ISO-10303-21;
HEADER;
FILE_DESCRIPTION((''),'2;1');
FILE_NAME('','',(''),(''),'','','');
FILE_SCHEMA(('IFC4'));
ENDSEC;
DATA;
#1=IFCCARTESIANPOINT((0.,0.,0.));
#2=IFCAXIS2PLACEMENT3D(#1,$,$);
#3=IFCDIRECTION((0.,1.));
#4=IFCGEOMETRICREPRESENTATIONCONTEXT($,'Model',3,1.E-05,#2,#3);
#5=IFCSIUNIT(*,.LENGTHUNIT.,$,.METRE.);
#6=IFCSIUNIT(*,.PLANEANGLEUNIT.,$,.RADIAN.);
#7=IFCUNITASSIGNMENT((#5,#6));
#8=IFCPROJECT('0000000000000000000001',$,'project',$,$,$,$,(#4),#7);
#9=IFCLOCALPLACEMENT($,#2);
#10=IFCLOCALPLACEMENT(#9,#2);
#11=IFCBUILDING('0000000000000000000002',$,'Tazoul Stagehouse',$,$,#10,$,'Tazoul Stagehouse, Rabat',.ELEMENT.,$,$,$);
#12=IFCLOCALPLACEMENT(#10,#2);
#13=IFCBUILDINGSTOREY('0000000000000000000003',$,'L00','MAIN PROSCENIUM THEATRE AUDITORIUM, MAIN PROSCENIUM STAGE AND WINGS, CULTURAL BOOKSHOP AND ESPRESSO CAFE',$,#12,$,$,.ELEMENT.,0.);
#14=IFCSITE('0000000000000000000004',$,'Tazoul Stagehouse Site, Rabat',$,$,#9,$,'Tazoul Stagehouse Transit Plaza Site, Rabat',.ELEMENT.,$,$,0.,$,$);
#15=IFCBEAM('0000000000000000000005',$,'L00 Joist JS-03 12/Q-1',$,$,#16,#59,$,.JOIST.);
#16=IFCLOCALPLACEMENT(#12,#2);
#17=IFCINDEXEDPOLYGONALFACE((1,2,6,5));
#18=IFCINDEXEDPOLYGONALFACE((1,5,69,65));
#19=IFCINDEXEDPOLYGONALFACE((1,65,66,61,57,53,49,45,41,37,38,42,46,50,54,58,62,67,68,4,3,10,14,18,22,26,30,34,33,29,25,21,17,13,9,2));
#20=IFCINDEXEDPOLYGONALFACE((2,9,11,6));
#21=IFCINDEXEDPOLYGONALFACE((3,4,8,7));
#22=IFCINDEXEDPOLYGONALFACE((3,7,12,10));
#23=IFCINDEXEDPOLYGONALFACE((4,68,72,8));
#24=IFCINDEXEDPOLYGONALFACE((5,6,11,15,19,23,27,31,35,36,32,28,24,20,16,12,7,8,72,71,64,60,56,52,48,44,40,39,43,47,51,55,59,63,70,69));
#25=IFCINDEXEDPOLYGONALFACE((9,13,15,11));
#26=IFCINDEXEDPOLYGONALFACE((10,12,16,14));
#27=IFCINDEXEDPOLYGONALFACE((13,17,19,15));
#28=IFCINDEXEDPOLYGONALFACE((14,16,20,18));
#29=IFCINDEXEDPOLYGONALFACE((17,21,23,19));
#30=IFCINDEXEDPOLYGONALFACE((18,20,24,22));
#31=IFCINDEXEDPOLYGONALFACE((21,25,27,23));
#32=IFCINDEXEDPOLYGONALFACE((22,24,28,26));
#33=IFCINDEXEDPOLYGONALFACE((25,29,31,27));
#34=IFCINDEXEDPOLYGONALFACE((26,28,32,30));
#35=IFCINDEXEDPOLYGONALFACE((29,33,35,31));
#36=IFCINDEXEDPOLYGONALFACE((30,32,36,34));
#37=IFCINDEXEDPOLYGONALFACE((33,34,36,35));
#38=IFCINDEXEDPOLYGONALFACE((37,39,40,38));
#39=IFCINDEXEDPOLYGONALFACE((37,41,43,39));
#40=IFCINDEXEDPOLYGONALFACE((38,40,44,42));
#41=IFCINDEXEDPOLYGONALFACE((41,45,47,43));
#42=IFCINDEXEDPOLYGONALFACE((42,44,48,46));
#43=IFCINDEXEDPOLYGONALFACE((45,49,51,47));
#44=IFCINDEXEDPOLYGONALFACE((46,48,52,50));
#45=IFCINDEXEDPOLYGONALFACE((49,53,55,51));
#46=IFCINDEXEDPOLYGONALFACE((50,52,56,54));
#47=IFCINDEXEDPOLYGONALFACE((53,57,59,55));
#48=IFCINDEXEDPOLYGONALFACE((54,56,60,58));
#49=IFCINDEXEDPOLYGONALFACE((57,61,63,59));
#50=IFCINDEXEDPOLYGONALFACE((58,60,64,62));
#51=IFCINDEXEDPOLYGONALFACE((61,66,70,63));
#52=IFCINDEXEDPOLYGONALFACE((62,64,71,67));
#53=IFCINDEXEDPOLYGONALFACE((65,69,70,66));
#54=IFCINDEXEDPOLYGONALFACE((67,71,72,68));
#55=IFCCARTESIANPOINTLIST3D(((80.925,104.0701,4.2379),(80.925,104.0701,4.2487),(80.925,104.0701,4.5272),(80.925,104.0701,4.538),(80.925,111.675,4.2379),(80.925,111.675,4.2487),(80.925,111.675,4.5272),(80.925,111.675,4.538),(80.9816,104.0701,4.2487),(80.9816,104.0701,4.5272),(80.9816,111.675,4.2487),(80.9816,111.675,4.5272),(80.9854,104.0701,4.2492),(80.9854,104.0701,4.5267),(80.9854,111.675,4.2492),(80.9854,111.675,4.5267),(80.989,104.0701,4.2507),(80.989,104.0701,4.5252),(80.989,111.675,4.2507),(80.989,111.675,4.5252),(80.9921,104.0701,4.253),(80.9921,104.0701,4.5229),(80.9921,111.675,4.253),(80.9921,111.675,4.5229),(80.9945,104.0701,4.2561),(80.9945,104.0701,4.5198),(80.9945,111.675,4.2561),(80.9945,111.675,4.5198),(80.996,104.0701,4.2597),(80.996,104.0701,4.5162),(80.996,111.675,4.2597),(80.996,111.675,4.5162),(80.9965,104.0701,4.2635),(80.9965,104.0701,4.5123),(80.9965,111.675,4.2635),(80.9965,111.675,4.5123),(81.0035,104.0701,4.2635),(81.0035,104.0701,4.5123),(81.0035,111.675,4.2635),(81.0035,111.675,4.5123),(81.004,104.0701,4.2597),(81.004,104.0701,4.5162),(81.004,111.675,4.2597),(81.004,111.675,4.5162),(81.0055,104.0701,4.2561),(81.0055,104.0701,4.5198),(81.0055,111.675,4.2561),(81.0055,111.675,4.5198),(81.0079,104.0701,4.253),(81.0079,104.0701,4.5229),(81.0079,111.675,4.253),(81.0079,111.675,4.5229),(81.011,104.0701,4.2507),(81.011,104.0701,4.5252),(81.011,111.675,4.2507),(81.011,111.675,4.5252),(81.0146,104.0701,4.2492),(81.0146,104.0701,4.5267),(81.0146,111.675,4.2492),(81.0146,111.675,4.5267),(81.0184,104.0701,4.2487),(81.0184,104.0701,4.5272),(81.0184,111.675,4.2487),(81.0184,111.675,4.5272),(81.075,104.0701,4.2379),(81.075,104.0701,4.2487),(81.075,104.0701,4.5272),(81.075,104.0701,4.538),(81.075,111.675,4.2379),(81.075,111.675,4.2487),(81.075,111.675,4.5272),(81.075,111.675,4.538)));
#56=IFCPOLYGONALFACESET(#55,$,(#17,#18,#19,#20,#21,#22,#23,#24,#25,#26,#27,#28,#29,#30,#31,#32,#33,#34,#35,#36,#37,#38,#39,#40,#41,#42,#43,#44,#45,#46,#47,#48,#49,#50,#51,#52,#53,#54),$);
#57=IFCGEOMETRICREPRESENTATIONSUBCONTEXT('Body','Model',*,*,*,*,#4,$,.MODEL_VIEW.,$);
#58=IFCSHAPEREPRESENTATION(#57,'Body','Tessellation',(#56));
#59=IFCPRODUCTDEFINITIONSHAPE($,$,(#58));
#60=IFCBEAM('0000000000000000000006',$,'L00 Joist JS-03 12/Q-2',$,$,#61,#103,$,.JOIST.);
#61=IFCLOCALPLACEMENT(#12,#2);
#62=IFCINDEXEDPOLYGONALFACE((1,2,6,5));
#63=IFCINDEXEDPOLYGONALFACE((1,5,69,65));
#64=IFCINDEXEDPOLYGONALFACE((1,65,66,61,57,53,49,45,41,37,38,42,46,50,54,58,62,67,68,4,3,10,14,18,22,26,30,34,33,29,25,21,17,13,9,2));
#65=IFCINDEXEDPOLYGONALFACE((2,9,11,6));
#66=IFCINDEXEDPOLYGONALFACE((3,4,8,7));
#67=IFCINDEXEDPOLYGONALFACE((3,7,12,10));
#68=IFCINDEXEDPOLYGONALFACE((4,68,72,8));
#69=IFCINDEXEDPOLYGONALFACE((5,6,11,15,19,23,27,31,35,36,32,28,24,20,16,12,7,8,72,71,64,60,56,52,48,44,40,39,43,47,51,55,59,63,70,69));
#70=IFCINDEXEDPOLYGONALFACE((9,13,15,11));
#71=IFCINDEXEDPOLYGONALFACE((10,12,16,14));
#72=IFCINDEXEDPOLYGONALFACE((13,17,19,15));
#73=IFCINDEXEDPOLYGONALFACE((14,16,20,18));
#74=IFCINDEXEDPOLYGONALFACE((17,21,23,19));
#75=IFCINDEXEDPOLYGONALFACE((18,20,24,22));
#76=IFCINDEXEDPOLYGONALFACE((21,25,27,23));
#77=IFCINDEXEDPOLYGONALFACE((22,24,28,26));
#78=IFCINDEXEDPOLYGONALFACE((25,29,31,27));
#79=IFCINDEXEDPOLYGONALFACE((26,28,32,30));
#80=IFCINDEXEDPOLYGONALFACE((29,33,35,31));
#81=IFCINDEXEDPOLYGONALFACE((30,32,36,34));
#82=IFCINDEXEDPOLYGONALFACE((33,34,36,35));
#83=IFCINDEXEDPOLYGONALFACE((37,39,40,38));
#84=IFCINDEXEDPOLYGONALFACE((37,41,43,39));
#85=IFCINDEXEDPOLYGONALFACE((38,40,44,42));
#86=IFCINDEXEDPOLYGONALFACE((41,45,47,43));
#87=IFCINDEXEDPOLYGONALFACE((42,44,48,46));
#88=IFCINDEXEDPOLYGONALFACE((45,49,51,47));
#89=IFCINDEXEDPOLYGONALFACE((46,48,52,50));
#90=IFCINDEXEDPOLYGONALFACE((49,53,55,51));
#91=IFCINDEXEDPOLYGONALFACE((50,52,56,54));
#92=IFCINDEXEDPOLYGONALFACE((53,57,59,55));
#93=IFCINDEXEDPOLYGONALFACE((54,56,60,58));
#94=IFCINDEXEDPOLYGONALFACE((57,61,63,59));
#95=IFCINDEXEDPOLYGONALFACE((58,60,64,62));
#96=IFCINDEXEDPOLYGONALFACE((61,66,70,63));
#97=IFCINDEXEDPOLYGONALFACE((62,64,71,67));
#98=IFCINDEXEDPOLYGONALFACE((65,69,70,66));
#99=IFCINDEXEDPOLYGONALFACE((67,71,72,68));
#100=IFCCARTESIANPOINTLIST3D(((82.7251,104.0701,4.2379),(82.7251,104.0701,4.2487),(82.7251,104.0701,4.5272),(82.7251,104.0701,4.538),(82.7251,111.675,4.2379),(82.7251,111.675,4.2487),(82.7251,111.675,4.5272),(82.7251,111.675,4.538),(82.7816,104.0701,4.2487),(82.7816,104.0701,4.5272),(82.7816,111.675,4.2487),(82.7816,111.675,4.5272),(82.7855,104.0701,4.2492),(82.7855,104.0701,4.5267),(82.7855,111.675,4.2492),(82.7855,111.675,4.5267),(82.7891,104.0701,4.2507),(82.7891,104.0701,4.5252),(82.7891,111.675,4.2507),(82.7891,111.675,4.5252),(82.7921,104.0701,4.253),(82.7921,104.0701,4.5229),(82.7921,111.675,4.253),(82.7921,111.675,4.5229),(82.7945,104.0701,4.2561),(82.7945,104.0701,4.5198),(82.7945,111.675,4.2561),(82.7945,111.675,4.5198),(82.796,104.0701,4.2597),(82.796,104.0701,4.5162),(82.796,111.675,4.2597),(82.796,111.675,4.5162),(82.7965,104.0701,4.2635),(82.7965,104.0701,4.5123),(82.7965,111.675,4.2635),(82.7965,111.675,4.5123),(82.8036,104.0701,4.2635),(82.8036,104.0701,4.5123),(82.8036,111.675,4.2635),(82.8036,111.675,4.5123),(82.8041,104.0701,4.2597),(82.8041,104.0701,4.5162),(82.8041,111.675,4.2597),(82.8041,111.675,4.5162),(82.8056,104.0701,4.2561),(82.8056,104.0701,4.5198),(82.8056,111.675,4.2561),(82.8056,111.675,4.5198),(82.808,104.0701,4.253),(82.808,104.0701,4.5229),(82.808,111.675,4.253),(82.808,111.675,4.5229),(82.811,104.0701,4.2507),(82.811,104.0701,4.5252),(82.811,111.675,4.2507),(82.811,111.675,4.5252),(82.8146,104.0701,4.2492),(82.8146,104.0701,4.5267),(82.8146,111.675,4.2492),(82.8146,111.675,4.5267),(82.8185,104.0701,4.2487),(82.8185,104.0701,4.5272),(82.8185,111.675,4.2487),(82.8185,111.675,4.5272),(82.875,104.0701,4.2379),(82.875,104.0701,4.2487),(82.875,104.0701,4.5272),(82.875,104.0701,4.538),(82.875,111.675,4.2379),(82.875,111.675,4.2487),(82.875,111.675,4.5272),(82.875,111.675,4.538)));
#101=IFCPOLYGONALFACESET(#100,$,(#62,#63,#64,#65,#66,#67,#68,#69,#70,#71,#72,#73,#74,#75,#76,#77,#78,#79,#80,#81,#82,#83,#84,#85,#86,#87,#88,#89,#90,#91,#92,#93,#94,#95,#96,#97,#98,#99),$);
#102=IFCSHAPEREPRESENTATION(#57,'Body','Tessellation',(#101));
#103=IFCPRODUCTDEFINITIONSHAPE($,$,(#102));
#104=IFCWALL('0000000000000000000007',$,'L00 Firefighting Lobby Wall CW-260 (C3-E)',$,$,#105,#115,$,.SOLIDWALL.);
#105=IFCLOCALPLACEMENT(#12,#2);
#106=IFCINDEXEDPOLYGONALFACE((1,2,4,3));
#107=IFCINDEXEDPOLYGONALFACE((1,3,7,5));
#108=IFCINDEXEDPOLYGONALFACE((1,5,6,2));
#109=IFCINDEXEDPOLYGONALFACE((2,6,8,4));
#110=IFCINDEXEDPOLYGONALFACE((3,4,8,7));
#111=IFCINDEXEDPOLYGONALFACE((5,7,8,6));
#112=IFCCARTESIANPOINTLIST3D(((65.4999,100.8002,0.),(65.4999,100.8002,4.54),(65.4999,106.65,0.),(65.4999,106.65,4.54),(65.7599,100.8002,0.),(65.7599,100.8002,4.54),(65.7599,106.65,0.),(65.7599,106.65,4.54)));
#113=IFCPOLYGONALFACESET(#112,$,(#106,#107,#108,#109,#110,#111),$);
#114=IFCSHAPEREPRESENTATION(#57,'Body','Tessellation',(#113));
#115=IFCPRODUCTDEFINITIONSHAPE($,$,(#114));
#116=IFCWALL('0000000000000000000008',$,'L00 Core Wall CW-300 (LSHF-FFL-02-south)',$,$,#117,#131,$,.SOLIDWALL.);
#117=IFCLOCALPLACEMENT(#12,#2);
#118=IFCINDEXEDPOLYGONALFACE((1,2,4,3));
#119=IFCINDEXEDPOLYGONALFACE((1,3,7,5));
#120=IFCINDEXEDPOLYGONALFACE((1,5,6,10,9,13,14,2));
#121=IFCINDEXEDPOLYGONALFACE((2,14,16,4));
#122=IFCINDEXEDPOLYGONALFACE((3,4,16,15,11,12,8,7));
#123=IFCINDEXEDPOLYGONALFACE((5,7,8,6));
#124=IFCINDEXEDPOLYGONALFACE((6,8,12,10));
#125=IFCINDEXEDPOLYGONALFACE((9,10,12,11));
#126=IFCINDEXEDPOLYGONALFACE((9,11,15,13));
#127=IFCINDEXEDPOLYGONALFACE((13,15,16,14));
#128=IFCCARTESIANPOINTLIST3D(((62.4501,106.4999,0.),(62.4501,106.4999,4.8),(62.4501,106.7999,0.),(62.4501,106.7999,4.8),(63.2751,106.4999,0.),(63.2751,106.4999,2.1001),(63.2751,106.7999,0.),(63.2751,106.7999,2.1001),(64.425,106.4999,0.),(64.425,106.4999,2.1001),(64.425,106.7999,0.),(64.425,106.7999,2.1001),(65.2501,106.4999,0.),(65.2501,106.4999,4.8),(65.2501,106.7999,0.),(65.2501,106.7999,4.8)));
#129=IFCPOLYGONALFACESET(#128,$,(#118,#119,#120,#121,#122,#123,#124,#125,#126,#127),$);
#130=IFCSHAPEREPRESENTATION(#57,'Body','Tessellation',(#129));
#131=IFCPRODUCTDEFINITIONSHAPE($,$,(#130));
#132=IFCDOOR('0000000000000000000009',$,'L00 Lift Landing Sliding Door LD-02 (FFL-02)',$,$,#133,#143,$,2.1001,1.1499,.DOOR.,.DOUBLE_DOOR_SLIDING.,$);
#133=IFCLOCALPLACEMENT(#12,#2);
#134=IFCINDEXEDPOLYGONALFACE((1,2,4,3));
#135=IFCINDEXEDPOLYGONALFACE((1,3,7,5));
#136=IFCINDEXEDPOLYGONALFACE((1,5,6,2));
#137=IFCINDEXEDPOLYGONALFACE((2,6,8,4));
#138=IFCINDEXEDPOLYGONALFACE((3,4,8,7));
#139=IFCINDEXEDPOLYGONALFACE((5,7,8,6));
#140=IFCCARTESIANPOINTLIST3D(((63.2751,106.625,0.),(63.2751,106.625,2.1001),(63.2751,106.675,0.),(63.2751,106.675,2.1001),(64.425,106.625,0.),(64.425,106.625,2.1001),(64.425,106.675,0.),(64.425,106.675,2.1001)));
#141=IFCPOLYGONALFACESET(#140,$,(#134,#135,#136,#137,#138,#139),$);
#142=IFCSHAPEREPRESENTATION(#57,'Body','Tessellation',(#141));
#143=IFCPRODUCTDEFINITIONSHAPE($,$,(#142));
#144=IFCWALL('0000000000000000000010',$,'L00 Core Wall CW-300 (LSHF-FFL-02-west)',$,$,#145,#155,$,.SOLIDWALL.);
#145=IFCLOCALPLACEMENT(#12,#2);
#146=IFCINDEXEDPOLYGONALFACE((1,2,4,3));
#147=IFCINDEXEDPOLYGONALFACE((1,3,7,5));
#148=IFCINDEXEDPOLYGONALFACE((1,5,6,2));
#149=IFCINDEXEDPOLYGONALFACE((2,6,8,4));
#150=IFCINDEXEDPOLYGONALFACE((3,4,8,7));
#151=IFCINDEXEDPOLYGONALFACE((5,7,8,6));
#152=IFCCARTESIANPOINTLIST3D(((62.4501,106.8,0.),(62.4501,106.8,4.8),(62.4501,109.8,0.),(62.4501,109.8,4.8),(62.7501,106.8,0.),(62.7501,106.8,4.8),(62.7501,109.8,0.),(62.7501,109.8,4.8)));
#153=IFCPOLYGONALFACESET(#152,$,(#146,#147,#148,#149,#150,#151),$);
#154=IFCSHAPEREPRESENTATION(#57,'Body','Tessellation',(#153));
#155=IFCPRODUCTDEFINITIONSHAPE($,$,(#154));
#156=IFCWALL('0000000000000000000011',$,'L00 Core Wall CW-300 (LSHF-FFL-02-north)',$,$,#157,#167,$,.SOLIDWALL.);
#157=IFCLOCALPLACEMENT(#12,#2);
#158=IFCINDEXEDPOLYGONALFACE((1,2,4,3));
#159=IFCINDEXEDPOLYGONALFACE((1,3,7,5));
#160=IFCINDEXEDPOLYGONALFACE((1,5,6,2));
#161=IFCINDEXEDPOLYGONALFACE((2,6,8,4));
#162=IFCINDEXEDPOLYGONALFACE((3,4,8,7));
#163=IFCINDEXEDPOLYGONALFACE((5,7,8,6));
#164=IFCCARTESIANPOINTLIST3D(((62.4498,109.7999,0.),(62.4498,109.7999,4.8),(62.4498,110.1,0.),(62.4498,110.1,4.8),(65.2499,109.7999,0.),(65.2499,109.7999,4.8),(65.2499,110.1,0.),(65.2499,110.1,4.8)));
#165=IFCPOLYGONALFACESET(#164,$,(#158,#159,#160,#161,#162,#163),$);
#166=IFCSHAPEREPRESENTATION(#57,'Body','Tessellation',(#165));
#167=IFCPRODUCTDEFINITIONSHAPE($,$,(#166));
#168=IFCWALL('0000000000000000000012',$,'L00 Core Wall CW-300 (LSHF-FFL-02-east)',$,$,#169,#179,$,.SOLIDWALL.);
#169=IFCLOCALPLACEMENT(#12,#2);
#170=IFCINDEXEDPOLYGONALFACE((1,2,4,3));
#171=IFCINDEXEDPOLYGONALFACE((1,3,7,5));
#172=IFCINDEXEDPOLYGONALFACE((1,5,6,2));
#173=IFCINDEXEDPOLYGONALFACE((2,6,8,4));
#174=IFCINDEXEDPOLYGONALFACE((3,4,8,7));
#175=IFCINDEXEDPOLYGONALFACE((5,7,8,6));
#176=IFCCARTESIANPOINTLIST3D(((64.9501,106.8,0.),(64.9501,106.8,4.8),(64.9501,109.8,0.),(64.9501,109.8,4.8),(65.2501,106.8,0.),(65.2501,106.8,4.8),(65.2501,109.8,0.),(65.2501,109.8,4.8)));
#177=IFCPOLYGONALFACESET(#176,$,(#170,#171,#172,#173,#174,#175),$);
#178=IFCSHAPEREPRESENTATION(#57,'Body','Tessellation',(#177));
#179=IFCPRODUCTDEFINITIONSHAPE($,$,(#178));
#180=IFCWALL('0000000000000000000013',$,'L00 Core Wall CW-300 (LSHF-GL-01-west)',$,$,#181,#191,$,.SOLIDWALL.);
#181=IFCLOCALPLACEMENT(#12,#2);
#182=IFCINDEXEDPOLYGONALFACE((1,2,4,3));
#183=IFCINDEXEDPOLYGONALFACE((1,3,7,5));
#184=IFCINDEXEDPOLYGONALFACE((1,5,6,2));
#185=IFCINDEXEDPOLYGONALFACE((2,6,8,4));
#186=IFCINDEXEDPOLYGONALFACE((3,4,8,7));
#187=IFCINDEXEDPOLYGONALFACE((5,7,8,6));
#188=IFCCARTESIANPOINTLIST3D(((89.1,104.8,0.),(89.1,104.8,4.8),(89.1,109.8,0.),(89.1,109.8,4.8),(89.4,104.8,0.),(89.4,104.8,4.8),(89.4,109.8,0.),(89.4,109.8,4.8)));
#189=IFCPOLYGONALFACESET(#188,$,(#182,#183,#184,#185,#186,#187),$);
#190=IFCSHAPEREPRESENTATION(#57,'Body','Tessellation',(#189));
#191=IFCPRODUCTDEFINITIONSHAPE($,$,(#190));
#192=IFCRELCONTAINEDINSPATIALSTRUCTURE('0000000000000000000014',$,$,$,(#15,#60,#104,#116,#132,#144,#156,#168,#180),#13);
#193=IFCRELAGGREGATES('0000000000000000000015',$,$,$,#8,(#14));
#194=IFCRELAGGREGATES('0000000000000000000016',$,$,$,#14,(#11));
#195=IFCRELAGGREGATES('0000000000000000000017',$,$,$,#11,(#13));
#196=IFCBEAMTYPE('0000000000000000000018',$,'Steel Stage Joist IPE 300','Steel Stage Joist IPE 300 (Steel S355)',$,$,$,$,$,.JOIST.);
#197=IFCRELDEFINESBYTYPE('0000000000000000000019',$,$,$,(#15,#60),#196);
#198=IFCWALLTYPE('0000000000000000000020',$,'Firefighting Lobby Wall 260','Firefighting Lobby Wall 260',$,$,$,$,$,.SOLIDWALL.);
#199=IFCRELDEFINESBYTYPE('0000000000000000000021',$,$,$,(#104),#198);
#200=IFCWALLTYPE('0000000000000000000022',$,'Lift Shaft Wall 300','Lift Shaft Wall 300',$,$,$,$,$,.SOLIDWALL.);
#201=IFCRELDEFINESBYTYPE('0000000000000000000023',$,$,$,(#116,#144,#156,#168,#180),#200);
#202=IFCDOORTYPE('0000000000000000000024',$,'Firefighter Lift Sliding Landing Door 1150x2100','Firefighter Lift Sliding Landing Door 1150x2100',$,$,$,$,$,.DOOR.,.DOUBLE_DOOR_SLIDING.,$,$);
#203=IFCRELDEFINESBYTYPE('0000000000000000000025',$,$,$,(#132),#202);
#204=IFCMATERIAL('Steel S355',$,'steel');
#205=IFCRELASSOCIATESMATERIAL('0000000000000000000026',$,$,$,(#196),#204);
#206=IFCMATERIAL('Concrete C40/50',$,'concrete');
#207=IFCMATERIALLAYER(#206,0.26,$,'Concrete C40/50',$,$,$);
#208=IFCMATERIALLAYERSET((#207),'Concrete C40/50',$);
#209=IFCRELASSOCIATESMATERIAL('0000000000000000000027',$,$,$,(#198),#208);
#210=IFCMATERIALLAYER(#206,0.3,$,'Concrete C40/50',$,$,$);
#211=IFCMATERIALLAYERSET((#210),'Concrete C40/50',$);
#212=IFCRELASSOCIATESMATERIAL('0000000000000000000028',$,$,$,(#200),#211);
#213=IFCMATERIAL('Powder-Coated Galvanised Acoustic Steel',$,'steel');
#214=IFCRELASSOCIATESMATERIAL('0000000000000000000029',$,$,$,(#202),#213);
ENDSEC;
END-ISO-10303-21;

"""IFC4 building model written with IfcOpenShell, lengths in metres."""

from ifc_helpers import new_model, si_unit, direction, frame, frame_2d, origin, origin_2d, place, context, subcontext, project, spatial, rectangle, i_section, extrude, material, layer, layer_set, material_profile, profile_set, type_object, element, fill, save


model = new_model("IFC4")

# Units and contexts
model_context = context("Model", 3, precision=1e-05, world=origin(), true_north=direction((0.0, 1.0)))
body_context = subcontext(model_context, "Body", "Model", "MODEL_VIEW")
ifc_project = project(units=[si_unit("LENGTHUNIT", "METRE"), si_unit("PLANEANGLEUNIT", "RADIAN")], contexts=[model_context])

# Site, building, storey
site_placement = place(None, origin())
site = spatial("IfcSite", under=ifc_project, at=site_placement, Name="Tazoul Stagehouse Site, Rabat", LongName="Tazoul Stagehouse Transit Plaza Site, Rabat", CompositionType="ELEMENT", RefElevation=0.0)
building_placement = place(site_placement, origin())
building = spatial("IfcBuilding", under=site, at=building_placement, Name="Tazoul Stagehouse", LongName="Tazoul Stagehouse, Rabat", CompositionType="ELEMENT")
storey_placement = place(building_placement, origin())
storey = spatial("IfcBuildingStorey", under=building, at=storey_placement, Name="L00", Description="MAIN PROSCENIUM THEATRE AUDITORIUM, MAIN PROSCENIUM STAGE AND WINGS, CULTURAL BOOKSHOP AND ESPRESSO CAFE", CompositionType="ELEMENT", Elevation=0.0)

# Shared definitions
ifc_material_1 = material(Name="Concrete C40/50", Category="concrete")

# Beams
ifc_material_2 = material(Name="Steel S355", Category="steel")
ifc_material_profile_1 = material_profile(ifc_material_2, i_section(OverallWidth=0.1499, OverallDepth=0.3, WebThickness=0.0071, FlangeThickness=0.0107, FilletRadius=0.0149, at=origin_2d()), Name="IPE 300")
ifc_profile_set_1 = profile_set([ifc_material_profile_1], Name="Steel S355")
beam_type_1 = type_object("IfcBeamType", Name="Steel Stage Joist IPE 300", Description="Steel Stage Joist IPE 300 (Steel S355)", PredefinedType="JOIST", material=ifc_profile_set_1)
for number, where, z_axis, x_axis, name in (
    (1, (81.0, 104.0701, 4.3879), (0.0, 1.0, 0.0), (-1.0, 0.0, 0.0), "L00 Joist JS-03 12/Q-1"),
    (2, (82.8, 104.0701, 4.3879), (0.0, 1.0, 0.0), (-1.0, 0.0, 0.0), "L00 Joist JS-03 12/Q-2"),
):
    element("IfcBeam", number, at=place(storey_placement, frame(where, z_axis=z_axis, x_axis=x_axis)), inside=storey, type_object=beam_type_1, Name=name, PredefinedType="JOIST", context=body_context, shape_type="SweptSolid", body=[
        extrude(i_section(OverallWidth=0.1499, OverallDepth=0.3, WebThickness=0.0071, FlangeThickness=0.0107, FilletRadius=0.0149, at=origin_2d()), origin(), (0.0, 0.0, 1.0), 7.605),
    ])

# Wall
ifc_layer_1 = layer(ifc_material_1, 0.26, Name="Concrete C40/50")
ifc_layer_set_1 = layer_set([ifc_layer_1], Name="Concrete C40/50")
wall_type_1 = type_object("IfcWallType", Name="Firefighting Lobby Wall 260", Description="Firefighting Lobby Wall 260", PredefinedType="SOLIDWALL", material=ifc_layer_set_1)
wall_1_placement = place(storey_placement, frame((65.6299, 106.6499, 0.0), z_axis=(0.0, 0.0, 1.0), x_axis=(0.0, -1.0, 0.0)))
element("IfcWall", 3, at=wall_1_placement, inside=storey, type_object=wall_type_1, Name="L00 Firefighting Lobby Wall CW-260 (C3-E)", PredefinedType="SOLIDWALL", context=body_context, shape_type="SweptSolid", body=[
    extrude(rectangle(XDim=5.8499, YDim=0.26, at=frame_2d((2.9248, 0.0))), origin(), (0.0, 0.0, 1.0), 4.54),
])

# Wall, opening, door
ifc_layer_2 = layer(ifc_material_1, 0.3, Name="Concrete C40/50")
ifc_layer_set_2 = layer_set([ifc_layer_2], Name="Concrete C40/50")
wall_type_2 = type_object("IfcWallType", Name="Lift Shaft Wall 300", Description="Lift Shaft Wall 300", PredefinedType="SOLIDWALL", material=ifc_layer_set_2)
wall_2_placement = place(storey_placement, frame((65.25, 106.6499, 0.0), z_axis=(0.0, 0.0, 1.0), x_axis=(-1.0, 0.0, 0.0)))
wall_2 = element("IfcWall", 4, at=wall_2_placement, inside=storey, type_object=wall_type_2, Name="L00 Core Wall CW-300 (LSHF-FFL-02-south)", PredefinedType="SOLIDWALL", context=body_context, shape_type="SweptSolid", body=[
    extrude(rectangle(XDim=2.8, YDim=0.3, at=frame_2d((1.3999, 0.0))), origin(), (0.0, 0.0, 1.0), 4.8),
])
opening_placement = place(wall_2_placement, frame((0.825, 0.0, 0.0)))
opening = element("IfcOpeningElement", 5, at=opening_placement, cuts=wall_2, PredefinedType="OPENING", context=body_context, shape_type="SweptSolid", body=[
    extrude(rectangle(XDim=1.1499, YDim=2.1001, at=frame_2d((0.575, 1.05))), frame((0.0, 0.1699, 0.0), z_axis=(0.0, -1.0, 0.0), x_axis=(1.0, 0.0, 0.0)), (0.0, 0.0, 1.0), 0.3401),
])
ifc_material_3 = material(Name="Powder-Coated Galvanised Acoustic Steel", Category="steel")
door_type = type_object("IfcDoorType", Name="Firefighter Lift Sliding Landing Door 1150x2100", Description="Firefighter Lift Sliding Landing Door 1150x2100", OperationType="DOUBLE_DOOR_SLIDING", PredefinedType="DOOR", material=ifc_material_3)
door_placement = place(opening_placement, origin())
door = element("IfcDoor", 6, at=door_placement, inside=storey, type_object=door_type, Name="L00 Lift Landing Sliding Door LD-02 (FFL-02)", OperationType="DOUBLE_DOOR_SLIDING", OverallHeight=2.1001, OverallWidth=1.1499, PredefinedType="DOOR", context=body_context, shape_type="SweptSolid", body=[
    extrude(rectangle(XDim=1.1499, YDim=2.1001, at=frame_2d((0.575, 1.05))), frame((0.0, 0.0249, 0.0), z_axis=(0.0, -1.0, 0.0), x_axis=(1.0, 0.0, 0.0)), (0.0, 0.0, 1.0), 0.05),
])
fill(opening, door)

# Walls
wall_3_placement = place(storey_placement, frame((62.6001, 106.8, 0.0), z_axis=(0.0, 0.0, 1.0), x_axis=(0.0, 1.0, 0.0)))
element("IfcWall", 7, at=wall_3_placement, inside=storey, type_object=wall_type_2, Name="L00 Core Wall CW-300 (LSHF-FFL-02-west)", PredefinedType="SOLIDWALL", context=body_context, shape_type="SweptSolid", body=[
    extrude(rectangle(XDim=3.0, YDim=0.3, at=frame_2d((1.5, 0.0))), origin(), (0.0, 0.0, 1.0), 4.8),
])
wall_4_placement = place(storey_placement, frame((62.45, 109.95, 0.0), z_axis=(0.0, 0.0, 1.0), x_axis=(1.0, 0.0, 0.0)))
element("IfcWall", 8, at=wall_4_placement, inside=storey, type_object=wall_type_2, Name="L00 Core Wall CW-300 (LSHF-FFL-02-north)", PredefinedType="SOLIDWALL", context=body_context, shape_type="SweptSolid", body=[
    extrude(rectangle(XDim=2.8, YDim=0.3, at=frame_2d((1.3999, 0.0))), origin(), (0.0, 0.0, 1.0), 4.8),
])
wall_5_placement = place(storey_placement, frame((65.1001, 109.8, 0.0), z_axis=(0.0, 0.0, 1.0), x_axis=(0.0, -1.0, 0.0)))
element("IfcWall", 9, at=wall_5_placement, inside=storey, type_object=wall_type_2, Name="L00 Core Wall CW-300 (LSHF-FFL-02-east)", PredefinedType="SOLIDWALL", context=body_context, shape_type="SweptSolid", body=[
    extrude(rectangle(XDim=3.0, YDim=0.3, at=frame_2d((1.5, 0.0))), origin(), (0.0, 0.0, 1.0), 4.8),
])
wall_6_placement = place(storey_placement, frame((89.25, 104.8, 0.0), z_axis=(0.0, 0.0, 1.0), x_axis=(0.0, 1.0, 0.0)))
element("IfcWall", 10, at=wall_6_placement, inside=storey, type_object=wall_type_2, Name="L00 Core Wall CW-300 (LSHF-GL-01-west)", PredefinedType="SOLIDWALL", context=body_context, shape_type="SweptSolid", body=[
    extrude(rectangle(XDim=5.0, YDim=0.3, at=frame_2d((2.5, 0.0))), origin(), (0.0, 0.0, 1.0), 4.8),
])

save(model, "model.ifc")
